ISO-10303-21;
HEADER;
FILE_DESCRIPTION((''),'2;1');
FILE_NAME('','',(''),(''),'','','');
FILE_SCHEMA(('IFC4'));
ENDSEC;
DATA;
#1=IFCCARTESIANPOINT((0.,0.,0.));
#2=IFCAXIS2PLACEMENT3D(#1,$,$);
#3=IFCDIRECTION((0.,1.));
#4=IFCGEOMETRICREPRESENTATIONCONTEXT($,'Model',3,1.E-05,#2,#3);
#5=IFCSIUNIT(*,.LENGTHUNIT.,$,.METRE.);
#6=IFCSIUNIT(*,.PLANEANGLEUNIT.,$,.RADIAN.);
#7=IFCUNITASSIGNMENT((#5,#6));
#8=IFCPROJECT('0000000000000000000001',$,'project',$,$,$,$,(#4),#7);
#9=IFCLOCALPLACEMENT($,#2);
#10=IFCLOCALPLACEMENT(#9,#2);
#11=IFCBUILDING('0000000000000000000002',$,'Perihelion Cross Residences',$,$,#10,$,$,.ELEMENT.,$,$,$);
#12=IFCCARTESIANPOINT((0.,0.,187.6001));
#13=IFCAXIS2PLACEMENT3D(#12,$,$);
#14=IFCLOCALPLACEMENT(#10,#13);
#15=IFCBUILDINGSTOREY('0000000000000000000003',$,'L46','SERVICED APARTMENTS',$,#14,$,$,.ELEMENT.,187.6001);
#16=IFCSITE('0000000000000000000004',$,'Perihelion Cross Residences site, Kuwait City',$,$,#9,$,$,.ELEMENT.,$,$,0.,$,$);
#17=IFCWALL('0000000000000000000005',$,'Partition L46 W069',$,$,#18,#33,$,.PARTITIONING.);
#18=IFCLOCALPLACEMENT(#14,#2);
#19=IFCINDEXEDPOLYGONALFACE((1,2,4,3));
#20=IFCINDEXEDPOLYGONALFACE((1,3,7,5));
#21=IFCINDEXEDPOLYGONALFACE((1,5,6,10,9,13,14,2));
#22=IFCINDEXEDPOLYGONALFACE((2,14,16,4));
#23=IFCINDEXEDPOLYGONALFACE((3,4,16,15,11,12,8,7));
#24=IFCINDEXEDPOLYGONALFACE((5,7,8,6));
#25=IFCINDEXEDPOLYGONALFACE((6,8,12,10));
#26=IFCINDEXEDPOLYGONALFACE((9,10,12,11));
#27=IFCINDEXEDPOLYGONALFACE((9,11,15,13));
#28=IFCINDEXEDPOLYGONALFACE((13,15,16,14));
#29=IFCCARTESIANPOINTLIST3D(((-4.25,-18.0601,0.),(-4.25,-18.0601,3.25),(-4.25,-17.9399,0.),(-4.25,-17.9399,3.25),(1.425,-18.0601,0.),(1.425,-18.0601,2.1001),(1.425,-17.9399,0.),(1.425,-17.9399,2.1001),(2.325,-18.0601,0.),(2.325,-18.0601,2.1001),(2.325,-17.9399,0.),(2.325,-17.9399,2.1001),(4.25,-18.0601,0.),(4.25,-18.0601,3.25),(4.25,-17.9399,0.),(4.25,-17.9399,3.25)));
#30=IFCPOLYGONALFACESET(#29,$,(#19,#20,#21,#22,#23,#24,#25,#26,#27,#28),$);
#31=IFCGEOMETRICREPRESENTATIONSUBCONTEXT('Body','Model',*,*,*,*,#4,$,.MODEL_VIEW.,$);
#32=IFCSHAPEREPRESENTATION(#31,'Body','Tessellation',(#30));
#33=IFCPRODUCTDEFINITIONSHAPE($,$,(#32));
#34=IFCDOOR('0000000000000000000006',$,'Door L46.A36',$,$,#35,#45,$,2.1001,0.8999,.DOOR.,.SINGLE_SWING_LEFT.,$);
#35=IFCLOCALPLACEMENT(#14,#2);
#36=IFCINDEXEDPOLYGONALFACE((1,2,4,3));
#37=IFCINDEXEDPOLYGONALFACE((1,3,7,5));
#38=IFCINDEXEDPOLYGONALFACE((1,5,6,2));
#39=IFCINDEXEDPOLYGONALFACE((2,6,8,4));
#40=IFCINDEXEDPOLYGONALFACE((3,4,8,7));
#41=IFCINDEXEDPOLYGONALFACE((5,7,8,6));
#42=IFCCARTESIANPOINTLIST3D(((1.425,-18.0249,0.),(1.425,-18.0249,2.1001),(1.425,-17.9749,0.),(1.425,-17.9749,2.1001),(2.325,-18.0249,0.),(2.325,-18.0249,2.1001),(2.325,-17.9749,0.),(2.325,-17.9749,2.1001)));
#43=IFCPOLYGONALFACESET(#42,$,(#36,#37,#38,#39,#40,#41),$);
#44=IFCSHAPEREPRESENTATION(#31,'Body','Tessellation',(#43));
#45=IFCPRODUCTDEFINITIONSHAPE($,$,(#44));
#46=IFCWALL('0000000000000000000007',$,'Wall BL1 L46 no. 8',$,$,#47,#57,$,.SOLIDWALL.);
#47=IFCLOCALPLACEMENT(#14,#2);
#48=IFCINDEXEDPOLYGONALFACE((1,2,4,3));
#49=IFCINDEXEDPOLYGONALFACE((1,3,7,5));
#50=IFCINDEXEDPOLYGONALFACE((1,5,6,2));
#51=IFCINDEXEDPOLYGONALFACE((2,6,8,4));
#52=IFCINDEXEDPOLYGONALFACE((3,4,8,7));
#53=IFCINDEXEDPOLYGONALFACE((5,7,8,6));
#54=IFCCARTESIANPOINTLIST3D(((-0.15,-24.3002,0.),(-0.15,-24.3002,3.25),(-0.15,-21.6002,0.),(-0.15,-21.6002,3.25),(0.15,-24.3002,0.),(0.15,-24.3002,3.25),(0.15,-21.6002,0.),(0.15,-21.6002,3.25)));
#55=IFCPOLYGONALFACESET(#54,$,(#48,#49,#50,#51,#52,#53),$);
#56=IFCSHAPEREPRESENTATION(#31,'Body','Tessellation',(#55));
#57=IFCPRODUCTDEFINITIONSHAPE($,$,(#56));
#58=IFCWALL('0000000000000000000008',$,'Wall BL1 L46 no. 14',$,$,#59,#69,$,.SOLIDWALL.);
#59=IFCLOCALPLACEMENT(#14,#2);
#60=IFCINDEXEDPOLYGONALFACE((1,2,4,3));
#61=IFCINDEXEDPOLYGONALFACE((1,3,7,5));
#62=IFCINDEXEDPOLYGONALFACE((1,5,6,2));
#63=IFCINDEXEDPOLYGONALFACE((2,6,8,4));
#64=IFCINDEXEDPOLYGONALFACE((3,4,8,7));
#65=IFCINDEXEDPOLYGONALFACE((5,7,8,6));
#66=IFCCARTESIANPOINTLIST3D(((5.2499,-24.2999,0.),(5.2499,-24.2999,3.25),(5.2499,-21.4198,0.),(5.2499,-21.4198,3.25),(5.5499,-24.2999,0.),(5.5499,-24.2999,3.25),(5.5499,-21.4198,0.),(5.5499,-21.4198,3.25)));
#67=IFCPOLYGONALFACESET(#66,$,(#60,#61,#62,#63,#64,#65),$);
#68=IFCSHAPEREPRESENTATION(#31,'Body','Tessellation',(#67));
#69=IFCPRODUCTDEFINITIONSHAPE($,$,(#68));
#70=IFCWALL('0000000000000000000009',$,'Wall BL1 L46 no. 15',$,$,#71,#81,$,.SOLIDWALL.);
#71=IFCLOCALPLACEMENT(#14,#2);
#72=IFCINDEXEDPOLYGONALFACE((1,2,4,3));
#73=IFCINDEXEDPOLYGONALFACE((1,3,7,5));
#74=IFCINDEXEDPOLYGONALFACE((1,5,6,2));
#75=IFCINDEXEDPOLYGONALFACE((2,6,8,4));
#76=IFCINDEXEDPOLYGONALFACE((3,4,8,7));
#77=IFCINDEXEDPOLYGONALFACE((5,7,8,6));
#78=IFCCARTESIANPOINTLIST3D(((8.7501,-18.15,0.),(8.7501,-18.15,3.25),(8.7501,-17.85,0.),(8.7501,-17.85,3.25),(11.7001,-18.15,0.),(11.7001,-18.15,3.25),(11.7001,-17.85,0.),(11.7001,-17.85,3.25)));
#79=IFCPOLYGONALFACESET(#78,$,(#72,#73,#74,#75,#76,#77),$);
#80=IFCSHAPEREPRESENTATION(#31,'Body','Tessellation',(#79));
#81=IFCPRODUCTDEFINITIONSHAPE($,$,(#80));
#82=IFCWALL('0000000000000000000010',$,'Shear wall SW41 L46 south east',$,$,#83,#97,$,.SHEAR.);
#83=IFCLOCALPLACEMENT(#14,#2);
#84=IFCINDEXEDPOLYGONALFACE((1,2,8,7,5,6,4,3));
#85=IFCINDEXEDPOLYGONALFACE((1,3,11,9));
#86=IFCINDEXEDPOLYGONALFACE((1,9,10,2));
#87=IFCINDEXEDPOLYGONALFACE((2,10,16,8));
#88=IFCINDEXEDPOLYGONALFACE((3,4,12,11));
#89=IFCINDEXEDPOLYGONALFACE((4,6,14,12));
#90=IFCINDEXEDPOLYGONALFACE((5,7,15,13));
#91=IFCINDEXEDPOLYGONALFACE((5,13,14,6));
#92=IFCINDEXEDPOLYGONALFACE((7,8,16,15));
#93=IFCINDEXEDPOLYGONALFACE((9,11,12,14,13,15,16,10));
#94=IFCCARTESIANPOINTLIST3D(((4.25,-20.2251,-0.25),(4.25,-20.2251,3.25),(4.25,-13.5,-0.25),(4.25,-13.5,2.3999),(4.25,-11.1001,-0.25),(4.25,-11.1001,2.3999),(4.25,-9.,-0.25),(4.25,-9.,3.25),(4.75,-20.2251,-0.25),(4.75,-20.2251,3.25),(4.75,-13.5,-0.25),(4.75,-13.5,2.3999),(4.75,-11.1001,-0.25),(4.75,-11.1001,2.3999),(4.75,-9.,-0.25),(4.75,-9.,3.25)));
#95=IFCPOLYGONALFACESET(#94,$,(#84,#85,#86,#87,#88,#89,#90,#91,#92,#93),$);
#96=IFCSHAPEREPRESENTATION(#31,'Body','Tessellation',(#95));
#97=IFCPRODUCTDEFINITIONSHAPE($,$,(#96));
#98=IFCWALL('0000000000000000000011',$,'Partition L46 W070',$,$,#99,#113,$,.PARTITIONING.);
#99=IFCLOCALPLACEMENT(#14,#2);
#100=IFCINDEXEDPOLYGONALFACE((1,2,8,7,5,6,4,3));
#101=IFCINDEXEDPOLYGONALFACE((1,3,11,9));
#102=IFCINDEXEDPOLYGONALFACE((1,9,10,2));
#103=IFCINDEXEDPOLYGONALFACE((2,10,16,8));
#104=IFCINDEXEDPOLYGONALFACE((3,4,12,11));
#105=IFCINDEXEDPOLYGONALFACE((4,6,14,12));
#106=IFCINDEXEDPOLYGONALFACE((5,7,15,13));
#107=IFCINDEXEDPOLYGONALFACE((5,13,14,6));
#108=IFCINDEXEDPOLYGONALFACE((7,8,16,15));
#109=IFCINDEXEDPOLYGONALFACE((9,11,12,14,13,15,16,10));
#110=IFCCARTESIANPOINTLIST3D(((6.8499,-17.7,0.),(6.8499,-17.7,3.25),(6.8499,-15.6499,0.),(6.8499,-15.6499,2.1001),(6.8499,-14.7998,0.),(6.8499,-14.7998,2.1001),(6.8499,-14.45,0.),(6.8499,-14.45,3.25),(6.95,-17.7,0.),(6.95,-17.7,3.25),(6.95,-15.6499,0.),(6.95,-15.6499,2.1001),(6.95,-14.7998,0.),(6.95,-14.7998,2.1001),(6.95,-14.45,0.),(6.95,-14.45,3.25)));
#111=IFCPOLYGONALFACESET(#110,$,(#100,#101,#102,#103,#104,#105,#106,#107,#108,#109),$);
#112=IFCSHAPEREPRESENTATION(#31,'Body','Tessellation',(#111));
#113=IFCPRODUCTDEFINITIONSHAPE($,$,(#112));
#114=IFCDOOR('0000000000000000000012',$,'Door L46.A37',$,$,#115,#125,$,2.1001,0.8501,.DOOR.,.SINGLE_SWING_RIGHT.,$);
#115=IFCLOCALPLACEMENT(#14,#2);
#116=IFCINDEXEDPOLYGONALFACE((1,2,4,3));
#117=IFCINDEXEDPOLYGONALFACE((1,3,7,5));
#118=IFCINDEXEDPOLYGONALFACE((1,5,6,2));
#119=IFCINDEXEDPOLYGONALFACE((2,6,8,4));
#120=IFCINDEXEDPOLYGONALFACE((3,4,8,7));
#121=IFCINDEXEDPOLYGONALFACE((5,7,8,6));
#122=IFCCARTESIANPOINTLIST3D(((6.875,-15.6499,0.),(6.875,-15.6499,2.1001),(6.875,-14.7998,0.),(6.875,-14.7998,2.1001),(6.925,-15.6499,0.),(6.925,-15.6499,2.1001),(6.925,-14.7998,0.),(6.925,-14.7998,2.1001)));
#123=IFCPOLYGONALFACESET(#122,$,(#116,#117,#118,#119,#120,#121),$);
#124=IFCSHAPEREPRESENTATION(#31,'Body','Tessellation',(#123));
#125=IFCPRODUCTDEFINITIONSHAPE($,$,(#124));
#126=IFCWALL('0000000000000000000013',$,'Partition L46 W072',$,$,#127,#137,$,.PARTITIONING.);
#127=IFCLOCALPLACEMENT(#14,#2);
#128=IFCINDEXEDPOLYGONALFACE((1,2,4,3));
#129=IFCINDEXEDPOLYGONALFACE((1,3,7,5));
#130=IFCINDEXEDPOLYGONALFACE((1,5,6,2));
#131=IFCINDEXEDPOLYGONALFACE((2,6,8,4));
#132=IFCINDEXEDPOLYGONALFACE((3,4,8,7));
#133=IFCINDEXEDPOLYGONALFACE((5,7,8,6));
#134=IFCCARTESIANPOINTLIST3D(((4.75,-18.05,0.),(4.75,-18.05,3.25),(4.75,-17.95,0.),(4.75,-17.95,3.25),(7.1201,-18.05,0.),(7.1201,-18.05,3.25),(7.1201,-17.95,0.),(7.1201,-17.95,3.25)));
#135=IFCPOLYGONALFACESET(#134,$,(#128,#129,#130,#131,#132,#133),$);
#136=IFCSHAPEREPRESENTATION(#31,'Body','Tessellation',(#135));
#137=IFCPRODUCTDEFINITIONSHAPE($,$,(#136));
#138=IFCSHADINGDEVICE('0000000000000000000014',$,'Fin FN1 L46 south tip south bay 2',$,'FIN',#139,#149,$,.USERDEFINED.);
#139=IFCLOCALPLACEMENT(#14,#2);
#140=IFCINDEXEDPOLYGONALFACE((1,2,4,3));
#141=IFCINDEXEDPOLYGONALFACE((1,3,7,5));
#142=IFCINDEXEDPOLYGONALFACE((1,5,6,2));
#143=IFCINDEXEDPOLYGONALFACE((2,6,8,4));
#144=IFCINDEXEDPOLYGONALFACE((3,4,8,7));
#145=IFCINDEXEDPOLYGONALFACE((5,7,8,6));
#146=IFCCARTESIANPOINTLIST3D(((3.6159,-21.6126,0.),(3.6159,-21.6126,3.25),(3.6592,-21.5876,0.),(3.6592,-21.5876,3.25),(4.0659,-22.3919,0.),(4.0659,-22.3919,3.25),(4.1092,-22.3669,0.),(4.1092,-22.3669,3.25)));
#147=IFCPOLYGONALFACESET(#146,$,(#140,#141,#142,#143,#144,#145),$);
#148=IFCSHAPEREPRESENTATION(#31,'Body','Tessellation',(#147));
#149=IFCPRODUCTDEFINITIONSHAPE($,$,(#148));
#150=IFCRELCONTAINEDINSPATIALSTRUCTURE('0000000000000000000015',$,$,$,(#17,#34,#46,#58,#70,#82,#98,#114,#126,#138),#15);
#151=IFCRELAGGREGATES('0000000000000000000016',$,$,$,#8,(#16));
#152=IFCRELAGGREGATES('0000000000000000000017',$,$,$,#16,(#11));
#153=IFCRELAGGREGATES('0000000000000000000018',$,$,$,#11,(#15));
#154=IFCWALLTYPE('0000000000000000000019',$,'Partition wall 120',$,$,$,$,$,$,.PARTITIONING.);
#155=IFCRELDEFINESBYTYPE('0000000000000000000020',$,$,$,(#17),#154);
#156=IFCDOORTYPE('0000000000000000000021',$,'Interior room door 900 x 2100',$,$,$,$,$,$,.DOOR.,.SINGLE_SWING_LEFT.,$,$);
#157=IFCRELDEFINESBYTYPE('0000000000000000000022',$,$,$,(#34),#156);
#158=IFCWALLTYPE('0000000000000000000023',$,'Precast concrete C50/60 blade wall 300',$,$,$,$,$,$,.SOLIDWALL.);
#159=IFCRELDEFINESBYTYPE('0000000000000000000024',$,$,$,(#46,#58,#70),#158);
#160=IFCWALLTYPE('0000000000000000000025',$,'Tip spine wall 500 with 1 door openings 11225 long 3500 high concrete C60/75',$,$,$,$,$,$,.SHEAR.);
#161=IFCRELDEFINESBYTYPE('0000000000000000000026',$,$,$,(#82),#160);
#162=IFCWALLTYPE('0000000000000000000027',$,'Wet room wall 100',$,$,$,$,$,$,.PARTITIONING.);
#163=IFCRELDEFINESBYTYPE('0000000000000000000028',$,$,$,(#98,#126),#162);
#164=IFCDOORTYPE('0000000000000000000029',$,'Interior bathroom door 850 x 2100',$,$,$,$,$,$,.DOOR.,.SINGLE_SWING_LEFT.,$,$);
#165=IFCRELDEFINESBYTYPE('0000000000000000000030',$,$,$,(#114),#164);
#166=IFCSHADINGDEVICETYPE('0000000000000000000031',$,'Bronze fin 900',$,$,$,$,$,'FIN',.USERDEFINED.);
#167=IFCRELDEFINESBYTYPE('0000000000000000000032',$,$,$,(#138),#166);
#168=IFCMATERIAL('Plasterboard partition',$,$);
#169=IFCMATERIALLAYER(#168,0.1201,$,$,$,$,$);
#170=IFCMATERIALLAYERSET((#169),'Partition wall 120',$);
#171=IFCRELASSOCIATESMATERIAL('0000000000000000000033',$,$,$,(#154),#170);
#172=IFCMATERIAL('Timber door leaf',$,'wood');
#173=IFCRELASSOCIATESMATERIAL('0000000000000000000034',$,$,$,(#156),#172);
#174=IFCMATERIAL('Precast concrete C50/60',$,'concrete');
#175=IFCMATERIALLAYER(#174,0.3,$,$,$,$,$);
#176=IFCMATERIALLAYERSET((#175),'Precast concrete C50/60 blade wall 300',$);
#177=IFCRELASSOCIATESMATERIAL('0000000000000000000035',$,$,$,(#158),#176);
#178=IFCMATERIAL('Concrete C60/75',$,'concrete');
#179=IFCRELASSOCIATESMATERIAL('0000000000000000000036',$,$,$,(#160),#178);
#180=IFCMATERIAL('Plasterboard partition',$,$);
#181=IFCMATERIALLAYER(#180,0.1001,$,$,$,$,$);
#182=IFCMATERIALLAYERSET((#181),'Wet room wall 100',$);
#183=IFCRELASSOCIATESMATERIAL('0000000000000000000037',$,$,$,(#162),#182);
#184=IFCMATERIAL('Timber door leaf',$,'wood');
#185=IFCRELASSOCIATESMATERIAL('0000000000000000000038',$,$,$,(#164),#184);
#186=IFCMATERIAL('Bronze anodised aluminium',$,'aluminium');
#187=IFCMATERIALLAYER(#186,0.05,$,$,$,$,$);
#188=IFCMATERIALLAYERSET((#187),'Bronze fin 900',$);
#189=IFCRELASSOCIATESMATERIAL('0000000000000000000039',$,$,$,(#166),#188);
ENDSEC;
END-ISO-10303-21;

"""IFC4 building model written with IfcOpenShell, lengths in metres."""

from ifc_helpers import new_model, si_unit, direction, frame, frame_2d, origin, origin_2d, place, context, subcontext, project, spatial, polyline, rectangle, outline, extrude, material, layer, layer_set, material_profile, profile_set, type_object, element, fill, save


model = new_model("IFC4")

# Units and contexts
model_context = context("Model", 3, precision=1e-05, world=origin(), true_north=direction((0.0, 1.0)))
body_context = subcontext(model_context, "Body", "Model", "MODEL_VIEW")
ifc_project = project(units=[si_unit("LENGTHUNIT", "METRE"), si_unit("PLANEANGLEUNIT", "RADIAN")], contexts=[model_context])

# Site, building, storey
site_placement = place(None, origin())
site = spatial("IfcSite", under=ifc_project, at=site_placement, Name="Perihelion Cross Residences site, Kuwait City", CompositionType="ELEMENT", RefElevation=0.0)
building_placement = place(site_placement, origin())
building = spatial("IfcBuilding", under=site, at=building_placement, Name="Perihelion Cross Residences", CompositionType="ELEMENT")
storey_placement = place(building_placement, frame((0.0, 0.0, 187.6001)))
storey = spatial("IfcBuildingStorey", under=building, at=storey_placement, Name="L46", Description="SERVICED APARTMENTS", CompositionType="ELEMENT", Elevation=187.6001)

# Wall, opening, door
ifc_material_1 = material(Name="Plasterboard partition")
ifc_layer_1 = layer(ifc_material_1, 0.1201)
ifc_layer_set_1 = layer_set([ifc_layer_1], Name="Partition wall 120")
wall_type_1 = type_object("IfcWallType", Name="Partition wall 120", PredefinedType="PARTITIONING", material=ifc_layer_set_1)
wall_1_placement = place(storey_placement, frame((4.25, -18.0, 0.0), z_axis=(0.0, 0.0, 1.0), x_axis=(-1.0, 0.0, 0.0)))
wall_1 = element("IfcWall", 1, at=wall_1_placement, inside=storey, type_object=wall_type_1, Name="Partition L46 W069", PredefinedType="PARTITIONING", context=body_context, shape_type="SweptSolid", body=[
    extrude(rectangle(XDim=8.5, YDim=0.1201, at=frame_2d((4.25, 0.0))), origin(), (0.0, 0.0, 1.0), 3.25),
])
opening_1_placement = place(wall_1_placement, frame((1.925, 0.0, 0.0)))
opening_1 = element("IfcOpeningElement", 2, at=opening_1_placement, cuts=wall_1, PredefinedType="OPENING", context=body_context, shape_type="SweptSolid", body=[
    extrude(rectangle(XDim=0.8999, YDim=2.1001, at=frame_2d((0.45, 1.05))), frame((0.0, 0.0701, 0.0), z_axis=(0.0, -1.0, 0.0), x_axis=(1.0, 0.0, 0.0)), (0.0, 0.0, 1.0), 0.1401),
])
ifc_material_2 = material(Name="Timber door leaf", Category="wood")
door_type_1 = type_object("IfcDoorType", Name="Interior room door 900 x 2100", OperationType="SINGLE_SWING_LEFT", PredefinedType="DOOR", material=ifc_material_2)
door_1_placement = place(opening_1_placement, origin())
door_1 = element("IfcDoor", 3, at=door_1_placement, inside=storey, type_object=door_type_1, Name="Door L46.A36", OperationType="SINGLE_SWING_LEFT", OverallHeight=2.1001, OverallWidth=0.8999, PredefinedType="DOOR", context=body_context, shape_type="SweptSolid", body=[
    extrude(rectangle(XDim=0.8999, YDim=2.1001, at=frame_2d((0.45, 1.05))), frame((0.0, 0.0249, 0.0), z_axis=(0.0, -1.0, 0.0), x_axis=(1.0, 0.0, 0.0)), (0.0, 0.0, 1.0), 0.05),
])
fill(opening_1, door_1)

# Walls
ifc_material_3 = material(Name="Precast concrete C50/60", Category="concrete")
ifc_layer_2 = layer(ifc_material_3, 0.3)
ifc_layer_set_2 = layer_set([ifc_layer_2], Name="Precast concrete C50/60 blade wall 300")
wall_type_2 = type_object("IfcWallType", Name="Precast concrete C50/60 blade wall 300", PredefinedType="SOLIDWALL", material=ifc_layer_set_2)
wall_2_placement = place(storey_placement, frame((0.0, -21.6001, 0.0), z_axis=(0.0, 0.0, 1.0), x_axis=(0.0, -1.0, 0.0)))
element("IfcWall", 4, at=wall_2_placement, inside=storey, type_object=wall_type_2, Name="Wall BL1 L46 no. 8", PredefinedType="SOLIDWALL", context=body_context, shape_type="SweptSolid", body=[
    extrude(rectangle(XDim=2.7, YDim=0.3, at=frame_2d((1.3501, 0.0))), origin(), (0.0, 0.0, 1.0), 3.25),
])
wall_3_placement = place(storey_placement, frame((5.3999, -21.4199, 0.0), z_axis=(0.0, 0.0, 1.0), x_axis=(0.0, -1.0, 0.0)))
element("IfcWall", 5, at=wall_3_placement, inside=storey, type_object=wall_type_2, Name="Wall BL1 L46 no. 14", PredefinedType="SOLIDWALL", context=body_context, shape_type="SweptSolid", body=[
    extrude(rectangle(XDim=2.8801, YDim=0.3, at=frame_2d((1.4399, 0.0))), origin(), (0.0, 0.0, 1.0), 3.25),
])
wall_4_placement = place(storey_placement, frame((8.75, -18.0, 0.0), z_axis=(0.0, 0.0, 1.0), x_axis=(1.0, 0.0, 0.0)))
element("IfcWall", 6, at=wall_4_placement, inside=storey, type_object=wall_type_2, Name="Wall BL1 L46 no. 15", PredefinedType="SOLIDWALL", context=body_context, shape_type="SweptSolid", body=[
    extrude(rectangle(XDim=2.95, YDim=0.3, at=frame_2d((1.4751, 0.0))), origin(), (0.0, 0.0, 1.0), 3.25),
])
ifc_material_4 = material(Name="Concrete C60/75", Category="concrete")
ifc_material_profile_1 = material_profile(ifc_material_4, outline(polyline([(0.0, 0.0), (6.7251, 0.0), (6.7251, 2.6499), (9.125, 2.6499), (9.125, 0.0), (11.2251, 0.0), (11.2251, 3.5), (0.0, 3.5), (0.0, 0.0)])), Name="Tip spine wall")
ifc_profile_set_1 = profile_set([ifc_material_profile_1], Name="Concrete C60/75")
wall_type_3 = type_object("IfcWallType", Name="Tip spine wall 500 with 1 door openings 11225 long 3500 high concrete C60/75", PredefinedType="SHEAR", material=ifc_profile_set_1)
wall_5_placement = place(storey_placement, frame((4.25, -20.2251, -0.25), z_axis=(1.0, 0.0, 0.0), x_axis=(0.0, 1.0, 0.0)))
element("IfcWall", 7, at=wall_5_placement, inside=storey, type_object=wall_type_3, Name="Shear wall SW41 L46 south east", PredefinedType="SHEAR", context=body_context, shape_type="SweptSolid", body=[
    extrude(outline(polyline([(0.0, 0.0), (6.7251, 0.0), (6.7251, 2.6499), (9.125, 2.6499), (9.125, 0.0), (11.2251, 0.0), (11.2251, 3.5), (0.0, 3.5), (0.0, 0.0)])), origin(), (0.0, 0.0, 1.0), 0.5),
])

# Wall, opening, door
ifc_material_5 = material(Name="Plasterboard partition")
ifc_layer_3 = layer(ifc_material_5, 0.1001)
ifc_layer_set_3 = layer_set([ifc_layer_3], Name="Wet room wall 100")
wall_type_4 = type_object("IfcWallType", Name="Wet room wall 100", PredefinedType="PARTITIONING", material=ifc_layer_set_3)
wall_6_placement = place(storey_placement, frame((6.8999, -17.7, 0.0), z_axis=(0.0, 0.0, 1.0), x_axis=(0.0, 1.0, 0.0)))
wall_6 = element("IfcWall", 8, at=wall_6_placement, inside=storey, type_object=wall_type_4, Name="Partition L46 W070", PredefinedType="PARTITIONING", context=body_context, shape_type="SweptSolid", body=[
    extrude(rectangle(XDim=3.25, YDim=0.1001, at=frame_2d((1.625, 0.0))), origin(), (0.0, 0.0, 1.0), 3.25),
])
opening_2_placement = place(wall_6_placement, frame((2.05, 0.0, 0.0)))
opening_2 = element("IfcOpeningElement", 9, at=opening_2_placement, cuts=wall_6, PredefinedType="OPENING", context=body_context, shape_type="SweptSolid", body=[
    extrude(rectangle(XDim=0.8501, YDim=2.1001, at=frame_2d((0.425, 1.05))), frame((0.0, 0.0601, 0.0), z_axis=(0.0, -1.0, 0.0), x_axis=(1.0, 0.0, 0.0)), (0.0, 0.0, 1.0), 0.1201),
])
ifc_material_6 = material(Name="Timber door leaf", Category="wood")
door_type_2 = type_object("IfcDoorType", Name="Interior bathroom door 850 x 2100", OperationType="SINGLE_SWING_LEFT", PredefinedType="DOOR", material=ifc_material_6)
door_2_placement = place(opening_2_placement, origin())
door_2 = element("IfcDoor", 10, at=door_2_placement, inside=storey, type_object=door_type_2, Name="Door L46.A37", OperationType="SINGLE_SWING_RIGHT", OverallHeight=2.1001, OverallWidth=0.8501, PredefinedType="DOOR", context=body_context, shape_type="SweptSolid", body=[
    extrude(rectangle(XDim=0.8501, YDim=2.1001, at=frame_2d((0.425, 1.05))), frame((0.0, 0.0249, 0.0), z_axis=(0.0, -1.0, 0.0), x_axis=(1.0, 0.0, 0.0)), (0.0, 0.0, 1.0), 0.05),
])
fill(opening_2, door_2)

# Wall
wall_7_placement = place(storey_placement, frame((7.1201, -18.0, 0.0), z_axis=(0.0, 0.0, 1.0), x_axis=(-1.0, 0.0, 0.0)))
element("IfcWall", 11, at=wall_7_placement, inside=storey, type_object=wall_type_4, Name="Partition L46 W072", PredefinedType="PARTITIONING", context=body_context, shape_type="SweptSolid", body=[
    extrude(rectangle(XDim=2.3701, YDim=0.1001, at=frame_2d((1.1851, 0.0))), origin(), (0.0, 0.0, 1.0), 3.25),
])

# Shading device
ifc_material_7 = material(Name="Bronze anodised aluminium", Category="aluminium")
ifc_layer_4 = layer(ifc_material_7, 0.05)
ifc_layer_set_4 = layer_set([ifc_layer_4], Name="Bronze fin 900")
shading_device_type = type_object("IfcShadingDeviceType", Name="Bronze fin 900", ElementType="FIN", PredefinedType="USERDEFINED", material=ifc_layer_set_4)
shading_device_placement = place(storey_placement, frame((3.8625, -21.9897, 0.0), z_axis=(0.0, 0.0, 1.0), x_axis=(0.5, -0.866025, 0.0)))
element("IfcShadingDevice", 12, at=shading_device_placement, inside=storey, type_object=shading_device_type, Name="Fin FN1 L46 south tip south bay 2", ObjectType="FIN", PredefinedType="USERDEFINED", context=body_context, shape_type="SweptSolid", body=[
    extrude(rectangle(XDim=0.8999, YDim=0.05, at=origin_2d()), origin(), (0.0, 0.0, 1.0), 3.25),
])

save(model, "model.ifc")
